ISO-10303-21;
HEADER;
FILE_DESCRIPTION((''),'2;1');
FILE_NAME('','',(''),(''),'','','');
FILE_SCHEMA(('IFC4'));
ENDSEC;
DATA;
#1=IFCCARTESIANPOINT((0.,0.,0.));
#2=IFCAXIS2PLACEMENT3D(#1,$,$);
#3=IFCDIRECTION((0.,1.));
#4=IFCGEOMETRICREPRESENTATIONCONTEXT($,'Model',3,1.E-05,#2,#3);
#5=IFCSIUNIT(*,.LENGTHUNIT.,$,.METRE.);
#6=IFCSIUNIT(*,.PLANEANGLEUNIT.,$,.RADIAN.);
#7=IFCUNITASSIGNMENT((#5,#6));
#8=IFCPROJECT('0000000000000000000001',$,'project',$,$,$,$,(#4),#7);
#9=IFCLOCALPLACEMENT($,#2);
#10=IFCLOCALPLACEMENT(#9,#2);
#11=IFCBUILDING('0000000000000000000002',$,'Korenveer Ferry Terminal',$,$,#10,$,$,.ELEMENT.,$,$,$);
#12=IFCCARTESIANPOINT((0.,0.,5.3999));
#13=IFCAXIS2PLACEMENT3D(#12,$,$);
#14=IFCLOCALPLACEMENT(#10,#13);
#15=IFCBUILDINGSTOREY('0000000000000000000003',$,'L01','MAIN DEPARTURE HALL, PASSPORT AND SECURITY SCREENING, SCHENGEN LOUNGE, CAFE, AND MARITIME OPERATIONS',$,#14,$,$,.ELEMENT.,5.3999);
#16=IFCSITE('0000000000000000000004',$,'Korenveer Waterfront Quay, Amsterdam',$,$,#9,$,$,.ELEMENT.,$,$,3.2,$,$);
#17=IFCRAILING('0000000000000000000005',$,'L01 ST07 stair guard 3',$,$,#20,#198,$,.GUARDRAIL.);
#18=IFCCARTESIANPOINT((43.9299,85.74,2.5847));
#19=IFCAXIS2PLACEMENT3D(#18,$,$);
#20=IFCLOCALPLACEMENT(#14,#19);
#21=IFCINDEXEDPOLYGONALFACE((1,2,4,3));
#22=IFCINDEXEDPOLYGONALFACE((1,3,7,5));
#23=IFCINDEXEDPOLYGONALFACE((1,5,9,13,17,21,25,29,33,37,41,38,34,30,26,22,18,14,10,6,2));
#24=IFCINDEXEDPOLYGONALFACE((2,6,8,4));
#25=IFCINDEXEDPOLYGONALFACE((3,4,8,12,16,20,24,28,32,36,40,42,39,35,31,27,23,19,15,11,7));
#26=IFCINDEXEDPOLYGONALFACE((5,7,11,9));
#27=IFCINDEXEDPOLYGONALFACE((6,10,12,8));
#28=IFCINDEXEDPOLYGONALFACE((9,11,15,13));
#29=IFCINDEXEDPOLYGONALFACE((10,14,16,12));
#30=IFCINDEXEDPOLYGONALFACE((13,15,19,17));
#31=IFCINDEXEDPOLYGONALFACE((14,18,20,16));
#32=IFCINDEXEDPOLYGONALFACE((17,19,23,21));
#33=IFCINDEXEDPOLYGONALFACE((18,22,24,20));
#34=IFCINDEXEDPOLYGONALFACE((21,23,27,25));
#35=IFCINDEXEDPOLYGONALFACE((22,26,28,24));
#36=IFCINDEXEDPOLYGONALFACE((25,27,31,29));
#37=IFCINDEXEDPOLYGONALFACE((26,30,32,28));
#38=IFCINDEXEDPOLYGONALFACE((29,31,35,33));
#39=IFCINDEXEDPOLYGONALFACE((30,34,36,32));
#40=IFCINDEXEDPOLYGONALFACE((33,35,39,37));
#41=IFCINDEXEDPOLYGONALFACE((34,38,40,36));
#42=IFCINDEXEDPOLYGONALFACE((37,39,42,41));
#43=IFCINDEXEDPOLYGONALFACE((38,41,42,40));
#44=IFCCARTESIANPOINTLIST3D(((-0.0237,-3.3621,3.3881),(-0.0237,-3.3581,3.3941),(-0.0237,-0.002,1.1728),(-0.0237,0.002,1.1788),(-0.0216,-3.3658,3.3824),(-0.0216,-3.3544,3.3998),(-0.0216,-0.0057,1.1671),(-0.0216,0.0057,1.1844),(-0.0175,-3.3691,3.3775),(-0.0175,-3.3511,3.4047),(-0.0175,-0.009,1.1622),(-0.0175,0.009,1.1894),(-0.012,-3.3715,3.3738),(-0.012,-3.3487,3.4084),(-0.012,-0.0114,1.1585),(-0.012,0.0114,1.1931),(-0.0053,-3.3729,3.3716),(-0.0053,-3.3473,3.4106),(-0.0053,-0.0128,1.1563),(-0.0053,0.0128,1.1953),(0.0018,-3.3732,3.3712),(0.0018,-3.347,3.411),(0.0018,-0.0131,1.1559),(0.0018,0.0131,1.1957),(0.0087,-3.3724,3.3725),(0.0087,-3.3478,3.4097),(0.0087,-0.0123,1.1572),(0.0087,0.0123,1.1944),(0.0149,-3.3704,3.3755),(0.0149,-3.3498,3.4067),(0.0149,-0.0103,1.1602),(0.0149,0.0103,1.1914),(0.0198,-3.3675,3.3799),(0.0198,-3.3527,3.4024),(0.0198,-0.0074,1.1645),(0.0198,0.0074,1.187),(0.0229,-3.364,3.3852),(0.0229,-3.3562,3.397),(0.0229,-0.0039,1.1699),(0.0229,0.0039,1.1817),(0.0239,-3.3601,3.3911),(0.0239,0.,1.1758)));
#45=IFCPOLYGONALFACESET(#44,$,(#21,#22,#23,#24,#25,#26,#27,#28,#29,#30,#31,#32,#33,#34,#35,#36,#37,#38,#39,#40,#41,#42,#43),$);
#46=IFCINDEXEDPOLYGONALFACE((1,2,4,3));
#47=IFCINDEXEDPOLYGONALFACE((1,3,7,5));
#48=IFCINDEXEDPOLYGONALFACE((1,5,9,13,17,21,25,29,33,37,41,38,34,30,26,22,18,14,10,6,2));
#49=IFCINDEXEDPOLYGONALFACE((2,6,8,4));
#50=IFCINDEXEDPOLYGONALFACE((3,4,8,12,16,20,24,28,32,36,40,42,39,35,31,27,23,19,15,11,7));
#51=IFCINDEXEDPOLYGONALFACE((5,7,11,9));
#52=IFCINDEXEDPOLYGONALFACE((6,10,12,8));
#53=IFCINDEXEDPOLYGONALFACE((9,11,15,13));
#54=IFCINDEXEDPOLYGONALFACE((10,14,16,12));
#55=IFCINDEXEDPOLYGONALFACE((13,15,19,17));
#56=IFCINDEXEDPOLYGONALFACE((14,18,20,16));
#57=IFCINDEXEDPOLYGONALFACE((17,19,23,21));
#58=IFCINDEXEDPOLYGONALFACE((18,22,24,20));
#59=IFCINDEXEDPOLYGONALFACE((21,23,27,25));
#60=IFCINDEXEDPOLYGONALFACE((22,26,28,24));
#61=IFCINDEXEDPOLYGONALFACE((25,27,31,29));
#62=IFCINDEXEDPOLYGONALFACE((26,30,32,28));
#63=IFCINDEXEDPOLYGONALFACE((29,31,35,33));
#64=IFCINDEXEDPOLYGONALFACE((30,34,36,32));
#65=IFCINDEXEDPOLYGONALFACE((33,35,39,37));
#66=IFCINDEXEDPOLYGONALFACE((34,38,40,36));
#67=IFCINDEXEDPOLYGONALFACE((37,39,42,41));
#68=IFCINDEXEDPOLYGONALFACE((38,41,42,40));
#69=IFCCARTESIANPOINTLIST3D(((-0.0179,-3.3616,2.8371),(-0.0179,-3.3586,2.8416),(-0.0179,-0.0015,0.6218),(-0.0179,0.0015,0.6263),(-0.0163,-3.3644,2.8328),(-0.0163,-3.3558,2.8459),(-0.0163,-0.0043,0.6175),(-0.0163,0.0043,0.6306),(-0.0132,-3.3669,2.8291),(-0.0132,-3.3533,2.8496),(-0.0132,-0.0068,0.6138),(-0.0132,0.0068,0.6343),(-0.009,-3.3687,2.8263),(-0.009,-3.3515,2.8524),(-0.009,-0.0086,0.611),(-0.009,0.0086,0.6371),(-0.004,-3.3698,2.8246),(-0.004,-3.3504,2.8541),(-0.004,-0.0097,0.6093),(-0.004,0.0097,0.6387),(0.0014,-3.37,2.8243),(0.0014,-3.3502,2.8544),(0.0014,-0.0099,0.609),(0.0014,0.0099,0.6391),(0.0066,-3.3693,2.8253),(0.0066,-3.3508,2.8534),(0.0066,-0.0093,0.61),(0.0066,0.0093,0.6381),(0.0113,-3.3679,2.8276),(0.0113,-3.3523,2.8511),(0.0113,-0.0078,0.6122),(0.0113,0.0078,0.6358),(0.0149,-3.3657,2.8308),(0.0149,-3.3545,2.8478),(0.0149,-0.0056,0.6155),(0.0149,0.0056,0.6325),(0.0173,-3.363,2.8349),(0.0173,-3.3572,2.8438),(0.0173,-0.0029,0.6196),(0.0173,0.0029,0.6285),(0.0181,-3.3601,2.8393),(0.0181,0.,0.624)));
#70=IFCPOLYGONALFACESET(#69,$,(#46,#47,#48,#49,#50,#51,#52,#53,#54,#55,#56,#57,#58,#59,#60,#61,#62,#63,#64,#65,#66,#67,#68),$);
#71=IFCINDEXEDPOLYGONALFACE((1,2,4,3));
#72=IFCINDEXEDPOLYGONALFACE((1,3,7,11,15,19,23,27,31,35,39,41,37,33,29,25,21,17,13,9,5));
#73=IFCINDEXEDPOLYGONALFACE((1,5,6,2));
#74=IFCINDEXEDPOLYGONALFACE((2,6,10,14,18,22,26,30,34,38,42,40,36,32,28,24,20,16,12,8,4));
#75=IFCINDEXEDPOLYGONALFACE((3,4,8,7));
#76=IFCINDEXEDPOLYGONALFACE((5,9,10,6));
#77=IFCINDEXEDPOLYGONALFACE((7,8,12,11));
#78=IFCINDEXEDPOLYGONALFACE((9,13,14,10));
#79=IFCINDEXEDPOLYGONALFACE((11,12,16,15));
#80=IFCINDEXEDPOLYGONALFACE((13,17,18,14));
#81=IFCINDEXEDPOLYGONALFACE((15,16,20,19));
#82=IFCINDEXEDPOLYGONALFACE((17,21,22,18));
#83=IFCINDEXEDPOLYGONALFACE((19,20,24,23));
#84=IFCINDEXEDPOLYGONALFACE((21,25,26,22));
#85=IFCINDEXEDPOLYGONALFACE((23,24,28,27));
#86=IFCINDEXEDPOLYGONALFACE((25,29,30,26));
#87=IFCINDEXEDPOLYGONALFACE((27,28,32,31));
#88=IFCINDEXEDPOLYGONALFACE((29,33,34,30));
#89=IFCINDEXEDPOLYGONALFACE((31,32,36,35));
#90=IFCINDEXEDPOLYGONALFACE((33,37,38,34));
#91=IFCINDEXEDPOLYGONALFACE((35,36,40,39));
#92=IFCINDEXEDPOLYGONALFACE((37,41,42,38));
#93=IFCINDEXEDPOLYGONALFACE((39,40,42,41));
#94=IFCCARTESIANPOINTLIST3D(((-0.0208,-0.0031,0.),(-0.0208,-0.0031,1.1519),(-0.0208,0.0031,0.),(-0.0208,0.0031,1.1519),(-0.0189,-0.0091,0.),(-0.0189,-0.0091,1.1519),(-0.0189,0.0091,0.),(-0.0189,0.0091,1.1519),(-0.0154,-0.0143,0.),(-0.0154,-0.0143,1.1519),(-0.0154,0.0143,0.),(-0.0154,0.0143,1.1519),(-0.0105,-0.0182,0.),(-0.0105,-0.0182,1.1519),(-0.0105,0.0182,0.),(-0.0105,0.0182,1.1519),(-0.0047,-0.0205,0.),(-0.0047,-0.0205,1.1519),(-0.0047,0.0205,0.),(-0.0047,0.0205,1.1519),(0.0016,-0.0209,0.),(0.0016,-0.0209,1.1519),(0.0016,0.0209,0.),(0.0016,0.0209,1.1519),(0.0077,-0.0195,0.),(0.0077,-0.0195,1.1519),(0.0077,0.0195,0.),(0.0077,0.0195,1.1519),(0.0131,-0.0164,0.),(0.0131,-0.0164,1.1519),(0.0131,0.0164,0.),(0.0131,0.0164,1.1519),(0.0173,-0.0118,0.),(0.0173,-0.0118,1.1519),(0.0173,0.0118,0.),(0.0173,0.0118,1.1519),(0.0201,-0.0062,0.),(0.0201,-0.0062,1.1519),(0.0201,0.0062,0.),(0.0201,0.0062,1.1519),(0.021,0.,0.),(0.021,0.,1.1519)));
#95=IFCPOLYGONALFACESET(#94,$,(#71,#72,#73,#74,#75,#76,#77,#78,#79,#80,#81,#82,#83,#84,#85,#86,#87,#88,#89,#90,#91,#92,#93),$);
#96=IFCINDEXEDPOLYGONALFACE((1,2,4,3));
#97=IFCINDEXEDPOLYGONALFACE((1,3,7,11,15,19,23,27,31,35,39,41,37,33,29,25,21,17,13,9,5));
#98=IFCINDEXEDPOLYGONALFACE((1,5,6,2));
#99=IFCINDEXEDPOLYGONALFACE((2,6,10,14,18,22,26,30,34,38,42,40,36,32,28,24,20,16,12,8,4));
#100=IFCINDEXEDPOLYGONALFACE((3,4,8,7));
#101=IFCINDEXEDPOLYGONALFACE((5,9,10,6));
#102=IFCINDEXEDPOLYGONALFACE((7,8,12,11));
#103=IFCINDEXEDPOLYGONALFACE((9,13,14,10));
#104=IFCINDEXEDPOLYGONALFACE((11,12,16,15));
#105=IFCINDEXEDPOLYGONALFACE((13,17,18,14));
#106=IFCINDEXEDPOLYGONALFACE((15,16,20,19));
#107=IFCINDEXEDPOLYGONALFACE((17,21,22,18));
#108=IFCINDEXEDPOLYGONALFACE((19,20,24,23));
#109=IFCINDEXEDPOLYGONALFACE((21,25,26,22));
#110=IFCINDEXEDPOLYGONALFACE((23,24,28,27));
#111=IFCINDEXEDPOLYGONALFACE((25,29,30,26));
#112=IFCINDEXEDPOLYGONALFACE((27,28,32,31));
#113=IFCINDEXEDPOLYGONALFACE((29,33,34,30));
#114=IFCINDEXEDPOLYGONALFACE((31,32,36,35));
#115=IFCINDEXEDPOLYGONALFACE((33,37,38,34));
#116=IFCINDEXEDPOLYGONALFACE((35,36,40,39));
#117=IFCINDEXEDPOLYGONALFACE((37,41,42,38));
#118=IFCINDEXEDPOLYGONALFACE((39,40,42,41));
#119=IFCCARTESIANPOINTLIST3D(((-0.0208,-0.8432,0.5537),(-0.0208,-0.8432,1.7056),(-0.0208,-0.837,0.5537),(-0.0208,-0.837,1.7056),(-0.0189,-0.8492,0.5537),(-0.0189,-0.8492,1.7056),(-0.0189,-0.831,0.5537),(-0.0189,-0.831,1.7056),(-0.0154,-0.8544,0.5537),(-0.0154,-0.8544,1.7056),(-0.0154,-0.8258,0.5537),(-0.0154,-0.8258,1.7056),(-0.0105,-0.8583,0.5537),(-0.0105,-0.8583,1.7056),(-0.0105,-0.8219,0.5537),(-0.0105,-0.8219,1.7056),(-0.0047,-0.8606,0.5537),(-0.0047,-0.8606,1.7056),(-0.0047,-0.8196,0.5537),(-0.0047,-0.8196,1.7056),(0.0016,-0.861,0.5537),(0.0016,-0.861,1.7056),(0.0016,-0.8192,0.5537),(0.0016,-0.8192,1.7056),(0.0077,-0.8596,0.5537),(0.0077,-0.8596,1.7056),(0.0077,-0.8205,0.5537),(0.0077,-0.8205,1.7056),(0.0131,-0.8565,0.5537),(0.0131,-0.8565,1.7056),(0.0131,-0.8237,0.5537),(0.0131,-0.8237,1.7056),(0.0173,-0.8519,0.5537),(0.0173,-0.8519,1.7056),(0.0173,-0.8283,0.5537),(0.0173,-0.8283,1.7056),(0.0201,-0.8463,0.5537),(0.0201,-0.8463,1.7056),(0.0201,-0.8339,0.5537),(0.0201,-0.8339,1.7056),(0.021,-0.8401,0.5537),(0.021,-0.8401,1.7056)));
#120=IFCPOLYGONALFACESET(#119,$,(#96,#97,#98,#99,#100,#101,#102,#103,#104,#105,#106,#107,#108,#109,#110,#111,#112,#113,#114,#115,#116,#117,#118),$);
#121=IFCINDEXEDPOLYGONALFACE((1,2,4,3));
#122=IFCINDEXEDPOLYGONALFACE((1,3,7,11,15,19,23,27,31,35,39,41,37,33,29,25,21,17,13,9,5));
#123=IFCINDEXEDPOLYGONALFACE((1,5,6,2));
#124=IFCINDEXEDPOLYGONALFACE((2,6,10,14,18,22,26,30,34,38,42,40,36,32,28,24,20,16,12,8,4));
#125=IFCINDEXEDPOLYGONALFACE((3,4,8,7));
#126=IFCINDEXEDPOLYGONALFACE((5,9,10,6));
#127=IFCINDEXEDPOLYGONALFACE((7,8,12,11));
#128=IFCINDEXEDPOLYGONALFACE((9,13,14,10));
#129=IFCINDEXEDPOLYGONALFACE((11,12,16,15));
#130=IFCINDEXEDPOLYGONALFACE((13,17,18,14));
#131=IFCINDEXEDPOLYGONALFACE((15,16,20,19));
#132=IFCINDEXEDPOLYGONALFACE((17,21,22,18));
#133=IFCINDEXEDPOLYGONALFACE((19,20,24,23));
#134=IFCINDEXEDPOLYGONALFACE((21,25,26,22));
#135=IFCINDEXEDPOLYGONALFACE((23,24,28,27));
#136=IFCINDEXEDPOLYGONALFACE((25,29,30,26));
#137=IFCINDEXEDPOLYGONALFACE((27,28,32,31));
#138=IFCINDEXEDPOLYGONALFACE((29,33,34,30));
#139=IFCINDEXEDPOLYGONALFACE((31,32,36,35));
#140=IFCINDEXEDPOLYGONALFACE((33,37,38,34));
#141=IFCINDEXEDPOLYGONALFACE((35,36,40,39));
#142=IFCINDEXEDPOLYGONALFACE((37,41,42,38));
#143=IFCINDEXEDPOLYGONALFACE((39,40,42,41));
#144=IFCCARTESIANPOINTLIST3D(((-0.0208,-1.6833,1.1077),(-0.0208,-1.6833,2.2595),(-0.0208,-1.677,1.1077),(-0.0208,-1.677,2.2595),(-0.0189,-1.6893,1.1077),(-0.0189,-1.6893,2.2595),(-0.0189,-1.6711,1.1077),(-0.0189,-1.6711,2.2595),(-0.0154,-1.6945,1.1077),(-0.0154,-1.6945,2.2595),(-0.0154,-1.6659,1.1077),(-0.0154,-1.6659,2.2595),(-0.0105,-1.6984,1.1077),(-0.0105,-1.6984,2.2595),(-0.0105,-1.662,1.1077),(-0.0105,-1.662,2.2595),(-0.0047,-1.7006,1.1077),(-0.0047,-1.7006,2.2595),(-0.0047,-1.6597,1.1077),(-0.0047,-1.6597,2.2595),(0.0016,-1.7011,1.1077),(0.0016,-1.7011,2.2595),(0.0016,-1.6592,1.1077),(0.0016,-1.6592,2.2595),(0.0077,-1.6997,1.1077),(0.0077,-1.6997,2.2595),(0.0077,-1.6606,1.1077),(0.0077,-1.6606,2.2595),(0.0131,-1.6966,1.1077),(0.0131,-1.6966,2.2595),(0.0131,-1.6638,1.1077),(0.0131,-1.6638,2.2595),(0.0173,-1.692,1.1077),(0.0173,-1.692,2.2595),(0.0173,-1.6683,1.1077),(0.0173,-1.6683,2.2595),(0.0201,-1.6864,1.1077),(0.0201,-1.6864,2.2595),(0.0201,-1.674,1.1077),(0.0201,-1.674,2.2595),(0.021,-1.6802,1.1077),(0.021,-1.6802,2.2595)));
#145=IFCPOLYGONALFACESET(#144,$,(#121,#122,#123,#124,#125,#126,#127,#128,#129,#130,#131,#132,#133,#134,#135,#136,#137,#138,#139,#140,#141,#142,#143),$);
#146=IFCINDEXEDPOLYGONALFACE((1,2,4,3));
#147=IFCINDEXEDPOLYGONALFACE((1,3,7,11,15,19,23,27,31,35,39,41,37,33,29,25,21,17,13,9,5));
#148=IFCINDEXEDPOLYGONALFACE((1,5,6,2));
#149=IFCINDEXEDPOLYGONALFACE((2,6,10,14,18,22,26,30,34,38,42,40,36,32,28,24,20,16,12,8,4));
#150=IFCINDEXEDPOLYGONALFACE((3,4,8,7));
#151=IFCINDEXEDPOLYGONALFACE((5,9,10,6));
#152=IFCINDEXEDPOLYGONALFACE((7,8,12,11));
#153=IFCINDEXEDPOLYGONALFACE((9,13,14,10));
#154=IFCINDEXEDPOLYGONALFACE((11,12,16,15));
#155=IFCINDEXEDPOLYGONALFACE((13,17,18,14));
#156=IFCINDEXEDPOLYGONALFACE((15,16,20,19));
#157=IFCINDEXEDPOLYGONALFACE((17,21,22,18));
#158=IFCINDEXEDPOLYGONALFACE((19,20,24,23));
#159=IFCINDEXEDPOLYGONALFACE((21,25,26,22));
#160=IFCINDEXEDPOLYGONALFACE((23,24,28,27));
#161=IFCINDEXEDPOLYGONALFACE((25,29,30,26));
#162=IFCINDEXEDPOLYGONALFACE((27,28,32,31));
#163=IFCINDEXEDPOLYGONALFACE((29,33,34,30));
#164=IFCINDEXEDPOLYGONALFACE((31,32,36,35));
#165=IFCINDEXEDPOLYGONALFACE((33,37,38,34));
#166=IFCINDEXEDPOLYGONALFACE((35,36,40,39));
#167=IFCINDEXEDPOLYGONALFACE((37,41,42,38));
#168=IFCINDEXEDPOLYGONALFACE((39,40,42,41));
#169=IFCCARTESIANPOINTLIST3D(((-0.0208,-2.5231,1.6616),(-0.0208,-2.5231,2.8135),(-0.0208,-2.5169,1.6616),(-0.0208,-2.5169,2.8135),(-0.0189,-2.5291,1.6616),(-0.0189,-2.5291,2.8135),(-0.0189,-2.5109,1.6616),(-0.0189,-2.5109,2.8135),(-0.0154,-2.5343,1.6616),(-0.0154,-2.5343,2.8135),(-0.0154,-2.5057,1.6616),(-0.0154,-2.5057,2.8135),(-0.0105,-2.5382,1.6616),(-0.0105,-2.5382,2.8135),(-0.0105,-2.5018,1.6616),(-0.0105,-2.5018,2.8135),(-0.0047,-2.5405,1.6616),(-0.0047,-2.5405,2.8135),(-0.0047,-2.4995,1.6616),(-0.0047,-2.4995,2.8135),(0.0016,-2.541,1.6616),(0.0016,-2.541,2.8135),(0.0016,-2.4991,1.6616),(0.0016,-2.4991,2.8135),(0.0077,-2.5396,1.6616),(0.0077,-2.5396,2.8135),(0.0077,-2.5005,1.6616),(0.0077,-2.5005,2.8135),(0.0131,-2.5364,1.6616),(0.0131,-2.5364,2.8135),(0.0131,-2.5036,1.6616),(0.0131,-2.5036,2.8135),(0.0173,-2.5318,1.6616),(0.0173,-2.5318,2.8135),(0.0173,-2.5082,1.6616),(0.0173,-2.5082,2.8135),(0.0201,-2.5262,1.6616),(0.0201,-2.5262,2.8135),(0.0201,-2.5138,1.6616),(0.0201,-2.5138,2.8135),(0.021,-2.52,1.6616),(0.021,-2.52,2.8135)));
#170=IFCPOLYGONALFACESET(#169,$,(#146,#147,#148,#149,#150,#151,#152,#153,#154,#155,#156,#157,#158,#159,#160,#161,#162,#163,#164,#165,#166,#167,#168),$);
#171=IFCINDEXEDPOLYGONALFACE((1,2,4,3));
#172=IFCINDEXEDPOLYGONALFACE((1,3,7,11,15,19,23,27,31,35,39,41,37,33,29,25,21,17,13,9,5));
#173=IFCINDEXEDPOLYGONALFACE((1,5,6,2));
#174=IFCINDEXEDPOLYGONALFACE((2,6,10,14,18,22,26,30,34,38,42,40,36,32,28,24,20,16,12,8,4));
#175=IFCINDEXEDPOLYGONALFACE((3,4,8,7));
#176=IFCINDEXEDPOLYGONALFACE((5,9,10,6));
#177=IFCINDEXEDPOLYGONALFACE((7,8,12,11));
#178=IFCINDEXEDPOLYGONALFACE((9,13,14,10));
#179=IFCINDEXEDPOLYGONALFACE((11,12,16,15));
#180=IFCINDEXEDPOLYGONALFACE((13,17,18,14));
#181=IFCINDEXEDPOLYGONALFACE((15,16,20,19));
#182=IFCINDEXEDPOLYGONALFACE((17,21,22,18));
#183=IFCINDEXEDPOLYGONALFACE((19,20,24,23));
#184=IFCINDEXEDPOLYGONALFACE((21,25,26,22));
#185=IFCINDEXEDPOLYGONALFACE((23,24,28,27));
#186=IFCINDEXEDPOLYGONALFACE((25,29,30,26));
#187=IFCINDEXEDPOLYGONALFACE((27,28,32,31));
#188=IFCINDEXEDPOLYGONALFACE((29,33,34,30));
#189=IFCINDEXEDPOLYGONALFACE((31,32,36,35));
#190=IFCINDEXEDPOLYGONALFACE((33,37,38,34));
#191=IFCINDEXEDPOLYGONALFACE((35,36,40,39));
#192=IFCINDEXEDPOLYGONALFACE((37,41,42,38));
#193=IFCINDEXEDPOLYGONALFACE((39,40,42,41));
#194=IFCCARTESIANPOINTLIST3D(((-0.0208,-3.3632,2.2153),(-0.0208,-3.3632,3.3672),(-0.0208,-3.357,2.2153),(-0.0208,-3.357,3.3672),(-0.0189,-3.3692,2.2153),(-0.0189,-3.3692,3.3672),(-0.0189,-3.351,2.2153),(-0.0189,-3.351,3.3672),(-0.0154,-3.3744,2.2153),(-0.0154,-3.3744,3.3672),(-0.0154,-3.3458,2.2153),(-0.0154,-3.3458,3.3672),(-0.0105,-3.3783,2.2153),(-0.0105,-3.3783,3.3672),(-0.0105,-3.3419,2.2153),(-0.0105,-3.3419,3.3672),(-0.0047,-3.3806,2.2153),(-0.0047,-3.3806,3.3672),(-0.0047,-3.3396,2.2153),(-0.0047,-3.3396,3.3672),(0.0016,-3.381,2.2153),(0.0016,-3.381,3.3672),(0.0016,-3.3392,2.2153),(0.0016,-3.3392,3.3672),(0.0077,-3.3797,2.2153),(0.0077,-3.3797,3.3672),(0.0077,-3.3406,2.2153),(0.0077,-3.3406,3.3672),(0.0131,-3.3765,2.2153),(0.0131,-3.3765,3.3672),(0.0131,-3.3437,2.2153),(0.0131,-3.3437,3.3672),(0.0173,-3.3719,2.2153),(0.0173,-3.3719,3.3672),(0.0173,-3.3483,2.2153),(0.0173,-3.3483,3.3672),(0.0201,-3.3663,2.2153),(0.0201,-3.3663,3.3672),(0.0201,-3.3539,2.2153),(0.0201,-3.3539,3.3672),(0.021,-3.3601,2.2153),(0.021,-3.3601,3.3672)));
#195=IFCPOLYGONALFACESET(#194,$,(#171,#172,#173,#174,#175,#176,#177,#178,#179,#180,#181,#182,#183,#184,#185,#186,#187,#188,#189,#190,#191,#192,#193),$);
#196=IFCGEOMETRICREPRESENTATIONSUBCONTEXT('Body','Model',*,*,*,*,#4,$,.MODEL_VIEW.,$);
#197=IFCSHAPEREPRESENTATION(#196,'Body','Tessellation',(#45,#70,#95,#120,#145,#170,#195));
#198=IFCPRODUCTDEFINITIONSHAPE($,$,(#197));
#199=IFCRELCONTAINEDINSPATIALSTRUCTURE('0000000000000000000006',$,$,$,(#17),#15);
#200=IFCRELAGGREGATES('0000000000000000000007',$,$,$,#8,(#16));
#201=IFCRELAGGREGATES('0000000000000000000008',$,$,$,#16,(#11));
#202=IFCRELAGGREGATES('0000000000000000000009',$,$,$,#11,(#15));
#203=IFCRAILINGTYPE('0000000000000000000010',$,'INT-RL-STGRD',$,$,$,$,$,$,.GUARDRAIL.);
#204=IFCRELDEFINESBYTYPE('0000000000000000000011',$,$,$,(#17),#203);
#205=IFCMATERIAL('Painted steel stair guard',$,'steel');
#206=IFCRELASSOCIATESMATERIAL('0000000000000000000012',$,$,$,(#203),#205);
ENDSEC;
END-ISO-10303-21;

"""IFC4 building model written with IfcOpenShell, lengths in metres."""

from ifc_helpers import new_model, si_unit, direction, frame, origin, origin_2d, place, context, subcontext, project, spatial, circle, extrude, material, type_object, element, save


model = new_model("IFC4")

# Units and contexts
model_context = context("Model", 3, precision=1e-05, world=origin(), true_north=direction((0.0, 1.0)))
body_context = subcontext(model_context, "Body", "Model", "MODEL_VIEW")
ifc_project = project(units=[si_unit("LENGTHUNIT", "METRE"), si_unit("PLANEANGLEUNIT", "RADIAN")], contexts=[model_context])

# Site, building, storey
site_placement = place(None, origin())
site = spatial("IfcSite", under=ifc_project, at=site_placement, Name="Korenveer Waterfront Quay, Amsterdam", CompositionType="ELEMENT", RefElevation=3.2)
building_placement = place(site_placement, origin())
building = spatial("IfcBuilding", under=site, at=building_placement, Name="Korenveer Ferry Terminal", CompositionType="ELEMENT")
storey_placement = place(building_placement, frame((0.0, 0.0, 5.3999)))
storey = spatial("IfcBuildingStorey", under=building, at=storey_placement, Name="L01", Description="MAIN DEPARTURE HALL, PASSPORT AND SECURITY SCREENING, SCHENGEN LOUNGE, CAFE, AND MARITIME OPERATIONS", CompositionType="ELEMENT", Elevation=5.3999)

# Railing
ifc_material_1 = material(Name="Painted steel stair guard", Category="steel")
railing_type_1 = type_object("IfcRailingType", Name="INT-RL-STGRD", PredefinedType="GUARDRAIL", material=ifc_material_1)
railing_1_placement = place(storey_placement, frame((43.9299, 85.74, 2.5847)))
element("IfcRailing", 1, at=railing_1_placement, inside=storey, type_object=railing_type_1, Name="L01 ST07 stair guard 3", PredefinedType="GUARDRAIL", context=body_context, shape_type="SweptSolid", body=[
    extrude(circle(Radius=0.0239, at=origin_2d()), frame((0.0, 0.0, 1.1758), z_axis=(0.0, -0.834876, 0.550437), x_axis=(1.0, 0.0, 0.0)), (0.0, 0.0, 1.0), 4.0247),
    extrude(circle(Radius=0.0181, at=origin_2d()), frame((0.0, 0.0, 0.624), z_axis=(0.0, -0.834876, 0.550437), x_axis=(1.0, 0.0, 0.0)), (0.0, 0.0, 1.0), 4.0247),
    extrude(circle(Radius=0.021, at=origin_2d()), origin(), (0.0, 0.0, 1.0), 1.1519),
    extrude(circle(Radius=0.021, at=origin_2d()), frame((0.0, -0.8401, 0.5537)), (0.0, 0.0, 1.0), 1.1519),
    extrude(circle(Radius=0.021, at=origin_2d()), frame((0.0, -1.6802, 1.1077)), (0.0, 0.0, 1.0), 1.1519),
    extrude(circle(Radius=0.021, at=origin_2d()), frame((0.0, -2.52, 1.6616)), (0.0, 0.0, 1.0), 1.1519),
    extrude(circle(Radius=0.021, at=origin_2d()), frame((0.0, -3.3601, 2.2153)), (0.0, 0.0, 1.0), 1.1519),
])

save(model, "model.ifc")
